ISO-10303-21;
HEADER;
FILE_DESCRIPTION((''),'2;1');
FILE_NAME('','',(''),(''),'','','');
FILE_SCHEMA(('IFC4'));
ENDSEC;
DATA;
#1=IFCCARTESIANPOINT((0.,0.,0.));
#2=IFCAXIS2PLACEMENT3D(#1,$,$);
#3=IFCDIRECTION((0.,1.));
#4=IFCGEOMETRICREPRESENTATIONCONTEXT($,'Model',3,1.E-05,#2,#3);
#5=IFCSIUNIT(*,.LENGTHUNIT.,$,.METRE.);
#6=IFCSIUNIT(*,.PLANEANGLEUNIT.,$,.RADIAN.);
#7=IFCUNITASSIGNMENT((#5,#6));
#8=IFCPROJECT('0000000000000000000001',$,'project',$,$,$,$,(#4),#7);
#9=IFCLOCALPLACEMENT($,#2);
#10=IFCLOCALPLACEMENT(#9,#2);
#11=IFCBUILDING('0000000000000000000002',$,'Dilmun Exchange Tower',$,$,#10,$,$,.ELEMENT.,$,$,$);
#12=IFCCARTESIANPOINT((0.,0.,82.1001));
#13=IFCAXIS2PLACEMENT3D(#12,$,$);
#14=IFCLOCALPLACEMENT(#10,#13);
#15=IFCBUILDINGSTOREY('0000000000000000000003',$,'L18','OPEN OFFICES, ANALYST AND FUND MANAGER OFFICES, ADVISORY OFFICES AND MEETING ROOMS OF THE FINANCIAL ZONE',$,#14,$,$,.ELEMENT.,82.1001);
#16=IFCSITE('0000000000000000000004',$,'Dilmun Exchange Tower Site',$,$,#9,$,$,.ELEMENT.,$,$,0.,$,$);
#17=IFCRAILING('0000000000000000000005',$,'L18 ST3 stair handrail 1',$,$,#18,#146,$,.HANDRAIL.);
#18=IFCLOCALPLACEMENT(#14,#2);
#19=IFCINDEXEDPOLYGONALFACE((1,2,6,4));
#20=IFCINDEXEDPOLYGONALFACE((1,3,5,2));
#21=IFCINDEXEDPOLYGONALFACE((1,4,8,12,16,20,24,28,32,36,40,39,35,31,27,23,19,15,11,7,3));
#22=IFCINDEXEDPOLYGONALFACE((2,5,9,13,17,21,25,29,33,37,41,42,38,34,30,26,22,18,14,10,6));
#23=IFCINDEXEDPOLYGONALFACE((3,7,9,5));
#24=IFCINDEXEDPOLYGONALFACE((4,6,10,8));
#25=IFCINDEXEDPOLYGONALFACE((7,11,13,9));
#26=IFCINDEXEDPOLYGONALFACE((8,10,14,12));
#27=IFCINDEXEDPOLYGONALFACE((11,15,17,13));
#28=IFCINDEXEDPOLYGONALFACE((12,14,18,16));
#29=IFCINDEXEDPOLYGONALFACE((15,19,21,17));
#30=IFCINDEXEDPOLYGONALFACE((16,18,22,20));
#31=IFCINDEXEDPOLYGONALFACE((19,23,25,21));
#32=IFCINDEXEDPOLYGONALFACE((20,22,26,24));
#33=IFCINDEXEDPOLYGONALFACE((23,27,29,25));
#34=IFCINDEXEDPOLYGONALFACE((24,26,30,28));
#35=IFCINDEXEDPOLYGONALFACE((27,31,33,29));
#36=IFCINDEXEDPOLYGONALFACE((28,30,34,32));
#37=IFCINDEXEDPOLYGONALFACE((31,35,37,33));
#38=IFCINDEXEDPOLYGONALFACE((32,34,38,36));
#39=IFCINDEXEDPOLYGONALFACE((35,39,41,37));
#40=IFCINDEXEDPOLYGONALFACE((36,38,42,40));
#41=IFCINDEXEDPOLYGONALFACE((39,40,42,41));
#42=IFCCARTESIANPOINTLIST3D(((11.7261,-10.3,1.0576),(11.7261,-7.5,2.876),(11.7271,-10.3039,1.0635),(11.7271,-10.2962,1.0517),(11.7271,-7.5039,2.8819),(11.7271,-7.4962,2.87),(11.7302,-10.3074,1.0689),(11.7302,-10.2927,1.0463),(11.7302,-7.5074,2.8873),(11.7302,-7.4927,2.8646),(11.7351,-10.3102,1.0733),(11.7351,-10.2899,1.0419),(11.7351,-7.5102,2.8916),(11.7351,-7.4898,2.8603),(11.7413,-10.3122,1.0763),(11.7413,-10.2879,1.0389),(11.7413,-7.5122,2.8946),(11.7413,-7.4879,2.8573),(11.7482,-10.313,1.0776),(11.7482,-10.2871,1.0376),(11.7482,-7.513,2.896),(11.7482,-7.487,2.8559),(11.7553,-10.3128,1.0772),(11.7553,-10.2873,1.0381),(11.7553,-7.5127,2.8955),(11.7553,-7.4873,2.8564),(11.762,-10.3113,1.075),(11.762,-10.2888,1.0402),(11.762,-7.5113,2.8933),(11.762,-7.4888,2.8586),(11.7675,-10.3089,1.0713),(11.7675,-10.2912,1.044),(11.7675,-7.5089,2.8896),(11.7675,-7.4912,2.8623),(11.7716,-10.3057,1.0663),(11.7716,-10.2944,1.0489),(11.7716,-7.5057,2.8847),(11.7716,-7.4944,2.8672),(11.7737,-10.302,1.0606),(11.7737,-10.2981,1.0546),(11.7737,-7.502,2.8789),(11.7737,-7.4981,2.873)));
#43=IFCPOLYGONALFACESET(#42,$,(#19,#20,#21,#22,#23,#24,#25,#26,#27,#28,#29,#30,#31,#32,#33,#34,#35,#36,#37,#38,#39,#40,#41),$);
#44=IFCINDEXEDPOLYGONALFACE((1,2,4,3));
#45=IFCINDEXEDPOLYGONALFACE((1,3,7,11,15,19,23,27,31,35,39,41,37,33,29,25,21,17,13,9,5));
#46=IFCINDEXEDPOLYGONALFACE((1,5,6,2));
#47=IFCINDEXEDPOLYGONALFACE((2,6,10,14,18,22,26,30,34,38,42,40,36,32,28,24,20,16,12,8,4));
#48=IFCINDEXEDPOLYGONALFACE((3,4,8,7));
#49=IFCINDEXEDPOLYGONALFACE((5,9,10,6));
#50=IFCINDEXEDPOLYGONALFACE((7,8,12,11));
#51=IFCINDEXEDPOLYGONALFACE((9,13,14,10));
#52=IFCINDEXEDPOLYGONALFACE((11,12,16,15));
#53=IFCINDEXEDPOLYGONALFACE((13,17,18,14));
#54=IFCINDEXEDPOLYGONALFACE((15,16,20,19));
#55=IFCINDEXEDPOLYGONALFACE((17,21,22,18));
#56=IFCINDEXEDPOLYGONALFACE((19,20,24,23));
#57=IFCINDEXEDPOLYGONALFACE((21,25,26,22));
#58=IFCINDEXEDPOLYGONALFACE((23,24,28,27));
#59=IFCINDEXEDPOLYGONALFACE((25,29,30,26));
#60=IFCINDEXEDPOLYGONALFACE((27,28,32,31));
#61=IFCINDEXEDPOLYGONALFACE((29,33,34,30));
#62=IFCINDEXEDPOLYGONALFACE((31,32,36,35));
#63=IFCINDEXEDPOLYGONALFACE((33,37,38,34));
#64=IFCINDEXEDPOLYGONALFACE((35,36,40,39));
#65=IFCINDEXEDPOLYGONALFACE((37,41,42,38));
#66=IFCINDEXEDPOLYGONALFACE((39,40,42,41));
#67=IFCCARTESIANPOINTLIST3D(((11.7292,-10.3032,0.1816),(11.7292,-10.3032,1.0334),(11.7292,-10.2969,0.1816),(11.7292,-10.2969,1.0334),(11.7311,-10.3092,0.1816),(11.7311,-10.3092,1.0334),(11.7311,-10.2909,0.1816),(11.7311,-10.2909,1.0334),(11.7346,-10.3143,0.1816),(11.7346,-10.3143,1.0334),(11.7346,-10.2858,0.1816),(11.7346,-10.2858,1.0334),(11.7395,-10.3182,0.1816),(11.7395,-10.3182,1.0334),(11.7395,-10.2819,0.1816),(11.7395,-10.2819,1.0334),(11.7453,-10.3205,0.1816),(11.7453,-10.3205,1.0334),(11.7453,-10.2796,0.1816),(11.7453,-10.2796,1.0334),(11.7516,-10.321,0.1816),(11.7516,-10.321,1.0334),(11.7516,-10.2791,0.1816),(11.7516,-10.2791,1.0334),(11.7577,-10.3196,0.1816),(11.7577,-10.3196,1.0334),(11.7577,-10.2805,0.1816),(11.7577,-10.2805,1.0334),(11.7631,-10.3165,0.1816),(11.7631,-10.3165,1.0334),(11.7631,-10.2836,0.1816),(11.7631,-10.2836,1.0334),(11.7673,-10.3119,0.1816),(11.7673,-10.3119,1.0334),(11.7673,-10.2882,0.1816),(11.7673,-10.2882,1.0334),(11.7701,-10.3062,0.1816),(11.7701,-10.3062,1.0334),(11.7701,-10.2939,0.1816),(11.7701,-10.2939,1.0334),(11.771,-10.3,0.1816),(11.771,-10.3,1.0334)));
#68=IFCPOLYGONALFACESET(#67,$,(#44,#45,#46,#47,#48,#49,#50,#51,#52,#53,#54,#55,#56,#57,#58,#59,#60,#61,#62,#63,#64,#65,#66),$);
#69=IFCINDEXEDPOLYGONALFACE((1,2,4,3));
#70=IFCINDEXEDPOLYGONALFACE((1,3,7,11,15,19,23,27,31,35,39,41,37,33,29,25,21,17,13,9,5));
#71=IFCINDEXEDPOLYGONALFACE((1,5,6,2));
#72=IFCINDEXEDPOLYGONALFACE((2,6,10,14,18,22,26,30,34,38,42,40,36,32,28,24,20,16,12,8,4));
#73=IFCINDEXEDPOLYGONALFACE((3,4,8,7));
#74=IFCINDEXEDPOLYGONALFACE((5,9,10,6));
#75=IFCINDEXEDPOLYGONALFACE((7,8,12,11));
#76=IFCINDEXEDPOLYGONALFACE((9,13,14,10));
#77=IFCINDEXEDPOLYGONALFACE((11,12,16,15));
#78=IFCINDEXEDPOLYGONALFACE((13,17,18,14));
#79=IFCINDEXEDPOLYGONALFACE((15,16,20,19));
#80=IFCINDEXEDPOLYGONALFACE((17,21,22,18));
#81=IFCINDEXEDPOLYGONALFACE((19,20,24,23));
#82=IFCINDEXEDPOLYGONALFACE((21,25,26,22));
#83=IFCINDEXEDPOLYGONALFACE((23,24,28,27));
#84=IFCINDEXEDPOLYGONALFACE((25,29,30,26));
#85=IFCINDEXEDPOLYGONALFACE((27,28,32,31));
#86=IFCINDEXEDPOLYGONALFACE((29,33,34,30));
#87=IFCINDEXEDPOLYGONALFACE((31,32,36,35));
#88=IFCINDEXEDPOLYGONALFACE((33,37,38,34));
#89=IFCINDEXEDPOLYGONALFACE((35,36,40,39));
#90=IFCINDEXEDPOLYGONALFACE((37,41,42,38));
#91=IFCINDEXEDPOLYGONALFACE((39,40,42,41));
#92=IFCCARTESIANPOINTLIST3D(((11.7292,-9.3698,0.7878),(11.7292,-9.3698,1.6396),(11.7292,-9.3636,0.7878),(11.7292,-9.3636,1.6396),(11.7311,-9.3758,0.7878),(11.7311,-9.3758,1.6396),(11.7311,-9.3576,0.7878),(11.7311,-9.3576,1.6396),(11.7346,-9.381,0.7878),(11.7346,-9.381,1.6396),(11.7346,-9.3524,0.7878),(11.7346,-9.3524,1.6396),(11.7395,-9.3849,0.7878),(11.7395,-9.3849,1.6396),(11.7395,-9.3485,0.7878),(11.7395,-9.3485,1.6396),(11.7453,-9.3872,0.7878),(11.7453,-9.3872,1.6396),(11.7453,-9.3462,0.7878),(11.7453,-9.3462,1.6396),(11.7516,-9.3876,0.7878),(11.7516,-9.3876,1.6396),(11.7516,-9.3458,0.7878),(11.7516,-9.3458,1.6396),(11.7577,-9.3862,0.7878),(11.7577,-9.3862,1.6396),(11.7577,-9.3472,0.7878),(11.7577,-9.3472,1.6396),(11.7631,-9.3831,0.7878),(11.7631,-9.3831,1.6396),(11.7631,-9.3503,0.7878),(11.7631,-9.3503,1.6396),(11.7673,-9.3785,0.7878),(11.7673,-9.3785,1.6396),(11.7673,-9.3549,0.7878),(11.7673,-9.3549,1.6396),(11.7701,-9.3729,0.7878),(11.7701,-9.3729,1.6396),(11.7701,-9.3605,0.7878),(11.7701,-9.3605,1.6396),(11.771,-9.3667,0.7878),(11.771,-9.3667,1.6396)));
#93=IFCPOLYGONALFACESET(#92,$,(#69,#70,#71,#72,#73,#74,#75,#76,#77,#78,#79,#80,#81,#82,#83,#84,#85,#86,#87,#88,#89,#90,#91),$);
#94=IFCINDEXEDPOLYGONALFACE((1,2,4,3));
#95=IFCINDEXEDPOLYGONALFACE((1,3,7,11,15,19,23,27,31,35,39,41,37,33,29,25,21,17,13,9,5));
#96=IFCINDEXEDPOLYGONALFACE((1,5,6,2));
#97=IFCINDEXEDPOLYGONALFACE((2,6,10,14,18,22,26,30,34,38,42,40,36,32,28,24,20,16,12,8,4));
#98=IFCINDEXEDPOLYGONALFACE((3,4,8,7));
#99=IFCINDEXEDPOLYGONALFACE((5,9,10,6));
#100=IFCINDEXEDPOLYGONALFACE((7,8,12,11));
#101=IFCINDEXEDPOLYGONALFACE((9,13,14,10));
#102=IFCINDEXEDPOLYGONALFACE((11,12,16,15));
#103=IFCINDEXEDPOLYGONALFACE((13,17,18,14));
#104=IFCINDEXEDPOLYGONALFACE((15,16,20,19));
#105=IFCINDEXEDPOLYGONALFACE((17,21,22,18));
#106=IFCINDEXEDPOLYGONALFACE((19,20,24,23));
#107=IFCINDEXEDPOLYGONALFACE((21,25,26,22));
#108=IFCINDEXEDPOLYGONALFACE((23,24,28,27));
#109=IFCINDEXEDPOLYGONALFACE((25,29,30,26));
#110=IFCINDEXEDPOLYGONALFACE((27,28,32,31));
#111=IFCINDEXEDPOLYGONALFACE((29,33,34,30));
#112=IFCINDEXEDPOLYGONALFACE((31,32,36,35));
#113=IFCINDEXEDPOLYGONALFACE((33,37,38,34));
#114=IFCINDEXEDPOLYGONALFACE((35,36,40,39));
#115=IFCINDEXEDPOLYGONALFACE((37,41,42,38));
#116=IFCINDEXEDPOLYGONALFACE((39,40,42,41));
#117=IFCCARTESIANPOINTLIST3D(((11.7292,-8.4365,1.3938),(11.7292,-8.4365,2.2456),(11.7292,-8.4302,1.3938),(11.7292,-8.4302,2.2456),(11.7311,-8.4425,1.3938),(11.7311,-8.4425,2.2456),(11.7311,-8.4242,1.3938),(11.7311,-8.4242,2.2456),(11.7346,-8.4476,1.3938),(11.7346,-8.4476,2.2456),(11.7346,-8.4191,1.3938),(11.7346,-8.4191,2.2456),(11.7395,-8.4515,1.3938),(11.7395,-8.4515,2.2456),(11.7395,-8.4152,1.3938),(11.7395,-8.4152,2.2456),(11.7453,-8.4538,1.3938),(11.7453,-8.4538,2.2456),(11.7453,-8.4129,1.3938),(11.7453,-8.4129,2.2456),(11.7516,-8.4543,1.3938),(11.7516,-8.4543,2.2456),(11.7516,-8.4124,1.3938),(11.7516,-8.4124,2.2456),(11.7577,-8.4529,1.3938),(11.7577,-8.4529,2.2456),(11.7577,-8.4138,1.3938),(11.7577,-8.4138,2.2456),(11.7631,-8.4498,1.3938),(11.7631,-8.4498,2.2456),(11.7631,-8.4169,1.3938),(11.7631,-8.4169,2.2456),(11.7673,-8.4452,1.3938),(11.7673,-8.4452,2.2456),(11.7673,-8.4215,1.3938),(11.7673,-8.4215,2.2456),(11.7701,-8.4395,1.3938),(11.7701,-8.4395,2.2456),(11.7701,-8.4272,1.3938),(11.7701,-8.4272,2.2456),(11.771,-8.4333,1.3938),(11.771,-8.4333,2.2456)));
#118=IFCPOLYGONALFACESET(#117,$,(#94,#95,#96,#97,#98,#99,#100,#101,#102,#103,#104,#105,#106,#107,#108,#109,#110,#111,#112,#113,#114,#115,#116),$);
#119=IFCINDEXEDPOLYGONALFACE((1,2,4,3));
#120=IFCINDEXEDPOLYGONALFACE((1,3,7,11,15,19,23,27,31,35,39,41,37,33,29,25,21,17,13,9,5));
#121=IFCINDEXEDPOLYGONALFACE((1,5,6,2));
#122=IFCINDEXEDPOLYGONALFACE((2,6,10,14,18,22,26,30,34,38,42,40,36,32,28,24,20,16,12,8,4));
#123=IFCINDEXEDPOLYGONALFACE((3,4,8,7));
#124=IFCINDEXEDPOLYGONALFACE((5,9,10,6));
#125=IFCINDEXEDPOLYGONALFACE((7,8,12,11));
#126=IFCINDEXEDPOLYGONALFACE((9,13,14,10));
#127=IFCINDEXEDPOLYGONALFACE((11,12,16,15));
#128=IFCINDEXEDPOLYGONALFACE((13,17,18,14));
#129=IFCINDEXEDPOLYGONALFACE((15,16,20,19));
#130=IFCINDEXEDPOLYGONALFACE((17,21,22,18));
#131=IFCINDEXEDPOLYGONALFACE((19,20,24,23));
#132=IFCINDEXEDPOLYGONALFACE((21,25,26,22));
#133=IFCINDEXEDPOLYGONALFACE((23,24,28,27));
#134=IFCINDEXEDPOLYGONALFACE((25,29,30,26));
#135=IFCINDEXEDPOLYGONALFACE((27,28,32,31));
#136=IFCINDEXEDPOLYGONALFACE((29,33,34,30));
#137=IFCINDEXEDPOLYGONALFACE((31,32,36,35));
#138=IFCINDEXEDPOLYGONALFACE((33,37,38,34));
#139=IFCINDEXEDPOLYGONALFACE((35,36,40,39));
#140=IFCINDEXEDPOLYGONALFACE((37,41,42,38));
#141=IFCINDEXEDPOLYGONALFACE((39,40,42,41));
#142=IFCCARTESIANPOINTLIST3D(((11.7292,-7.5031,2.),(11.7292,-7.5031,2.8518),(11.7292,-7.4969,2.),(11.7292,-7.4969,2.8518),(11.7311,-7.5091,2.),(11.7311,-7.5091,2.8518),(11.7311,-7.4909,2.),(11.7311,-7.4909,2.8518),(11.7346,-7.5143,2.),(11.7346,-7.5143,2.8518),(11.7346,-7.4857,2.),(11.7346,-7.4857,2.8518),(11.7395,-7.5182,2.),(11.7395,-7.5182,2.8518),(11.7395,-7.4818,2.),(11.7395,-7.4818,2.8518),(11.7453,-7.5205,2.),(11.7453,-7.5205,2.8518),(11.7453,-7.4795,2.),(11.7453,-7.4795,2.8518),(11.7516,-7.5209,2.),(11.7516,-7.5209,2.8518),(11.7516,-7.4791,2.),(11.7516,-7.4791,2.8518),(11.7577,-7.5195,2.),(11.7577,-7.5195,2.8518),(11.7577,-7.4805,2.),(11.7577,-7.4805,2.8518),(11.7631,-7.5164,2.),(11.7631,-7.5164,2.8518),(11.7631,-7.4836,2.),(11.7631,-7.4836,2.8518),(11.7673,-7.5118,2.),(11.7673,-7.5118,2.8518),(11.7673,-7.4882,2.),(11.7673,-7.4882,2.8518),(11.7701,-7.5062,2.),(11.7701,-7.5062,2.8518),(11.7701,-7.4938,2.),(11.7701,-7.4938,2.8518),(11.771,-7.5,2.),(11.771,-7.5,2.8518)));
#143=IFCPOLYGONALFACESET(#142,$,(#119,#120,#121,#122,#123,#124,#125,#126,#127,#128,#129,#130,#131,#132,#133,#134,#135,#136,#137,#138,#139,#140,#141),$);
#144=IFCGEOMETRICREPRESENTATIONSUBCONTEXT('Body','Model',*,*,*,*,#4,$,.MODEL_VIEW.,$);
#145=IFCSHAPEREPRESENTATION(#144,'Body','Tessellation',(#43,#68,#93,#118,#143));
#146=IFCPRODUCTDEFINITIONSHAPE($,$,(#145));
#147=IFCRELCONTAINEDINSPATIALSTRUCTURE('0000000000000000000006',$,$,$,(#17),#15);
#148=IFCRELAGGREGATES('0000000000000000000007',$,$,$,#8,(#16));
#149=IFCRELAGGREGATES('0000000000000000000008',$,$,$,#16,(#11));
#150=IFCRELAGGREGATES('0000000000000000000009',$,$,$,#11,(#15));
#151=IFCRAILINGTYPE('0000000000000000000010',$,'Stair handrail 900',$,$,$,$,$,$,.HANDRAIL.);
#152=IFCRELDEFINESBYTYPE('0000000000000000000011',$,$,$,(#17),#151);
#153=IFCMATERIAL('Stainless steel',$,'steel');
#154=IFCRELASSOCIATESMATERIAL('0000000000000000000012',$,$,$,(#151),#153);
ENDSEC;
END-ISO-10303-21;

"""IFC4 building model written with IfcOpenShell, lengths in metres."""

from ifc_helpers import new_model, si_unit, direction, frame, origin, origin_2d, place, context, subcontext, project, spatial, circle, extrude, material, type_object, element, save


model = new_model("IFC4")

# Units and contexts
model_context = context("Model", 3, precision=1e-05, world=origin(), true_north=direction((0.0, 1.0)))
body_context = subcontext(model_context, "Body", "Model", "MODEL_VIEW")
ifc_project = project(units=[si_unit("LENGTHUNIT", "METRE"), si_unit("PLANEANGLEUNIT", "RADIAN")], contexts=[model_context])

# Site, building, storey
site_placement = place(None, origin())
site = spatial("IfcSite", under=ifc_project, at=site_placement, Name="Dilmun Exchange Tower Site", CompositionType="ELEMENT", RefElevation=0.0)
building_placement = place(site_placement, origin())
building = spatial("IfcBuilding", under=site, at=building_placement, Name="Dilmun Exchange Tower", CompositionType="ELEMENT")
storey_placement = place(building_placement, frame((0.0, 0.0, 82.1001)))
storey = spatial("IfcBuildingStorey", under=building, at=storey_placement, Name="L18", Description="OPEN OFFICES, ANALYST AND FUND MANAGER OFFICES, ADVISORY OFFICES AND MEETING ROOMS OF THE FINANCIAL ZONE", CompositionType="ELEMENT", Elevation=82.1001)

# Railing
ifc_material_1 = material(Name="Stainless steel", Category="steel")
railing_type = type_object("IfcRailingType", Name="Stair handrail 900", PredefinedType="HANDRAIL", material=ifc_material_1)
for number, where, name in (
    (1, (11.75, -10.3, 0.1816), "L18 ST3 stair handrail 1"),
):
    element("IfcRailing", number, at=place(storey_placement, frame(where)), inside=storey, type_object=railing_type, Name=name, PredefinedType="HANDRAIL", context=body_context, shape_type="SweptSolid", body=[
        extrude(circle(Radius=0.0239, at=origin_2d()), frame((0.0, 0.0, 0.876), z_axis=(0.0, 0.838672, 0.544636), x_axis=(-1.0, 0.0, 0.0)), (0.0, 0.0, 1.0), 3.3386),
        extrude(circle(Radius=0.021, at=origin_2d()), origin(), (0.0, 0.0, 1.0), 0.8518),
        extrude(circle(Radius=0.021, at=origin_2d()), frame((0.0, 0.9333, 0.6062)), (0.0, 0.0, 1.0), 0.8518),
        extrude(circle(Radius=0.021, at=origin_2d()), frame((0.0, 1.8667, 1.2122)), (0.0, 0.0, 1.0), 0.8518),
        extrude(circle(Radius=0.021, at=origin_2d()), frame((0.0, 2.8, 1.8184)), (0.0, 0.0, 1.0), 0.8518),
    ])

save(model, "model.ifc")
